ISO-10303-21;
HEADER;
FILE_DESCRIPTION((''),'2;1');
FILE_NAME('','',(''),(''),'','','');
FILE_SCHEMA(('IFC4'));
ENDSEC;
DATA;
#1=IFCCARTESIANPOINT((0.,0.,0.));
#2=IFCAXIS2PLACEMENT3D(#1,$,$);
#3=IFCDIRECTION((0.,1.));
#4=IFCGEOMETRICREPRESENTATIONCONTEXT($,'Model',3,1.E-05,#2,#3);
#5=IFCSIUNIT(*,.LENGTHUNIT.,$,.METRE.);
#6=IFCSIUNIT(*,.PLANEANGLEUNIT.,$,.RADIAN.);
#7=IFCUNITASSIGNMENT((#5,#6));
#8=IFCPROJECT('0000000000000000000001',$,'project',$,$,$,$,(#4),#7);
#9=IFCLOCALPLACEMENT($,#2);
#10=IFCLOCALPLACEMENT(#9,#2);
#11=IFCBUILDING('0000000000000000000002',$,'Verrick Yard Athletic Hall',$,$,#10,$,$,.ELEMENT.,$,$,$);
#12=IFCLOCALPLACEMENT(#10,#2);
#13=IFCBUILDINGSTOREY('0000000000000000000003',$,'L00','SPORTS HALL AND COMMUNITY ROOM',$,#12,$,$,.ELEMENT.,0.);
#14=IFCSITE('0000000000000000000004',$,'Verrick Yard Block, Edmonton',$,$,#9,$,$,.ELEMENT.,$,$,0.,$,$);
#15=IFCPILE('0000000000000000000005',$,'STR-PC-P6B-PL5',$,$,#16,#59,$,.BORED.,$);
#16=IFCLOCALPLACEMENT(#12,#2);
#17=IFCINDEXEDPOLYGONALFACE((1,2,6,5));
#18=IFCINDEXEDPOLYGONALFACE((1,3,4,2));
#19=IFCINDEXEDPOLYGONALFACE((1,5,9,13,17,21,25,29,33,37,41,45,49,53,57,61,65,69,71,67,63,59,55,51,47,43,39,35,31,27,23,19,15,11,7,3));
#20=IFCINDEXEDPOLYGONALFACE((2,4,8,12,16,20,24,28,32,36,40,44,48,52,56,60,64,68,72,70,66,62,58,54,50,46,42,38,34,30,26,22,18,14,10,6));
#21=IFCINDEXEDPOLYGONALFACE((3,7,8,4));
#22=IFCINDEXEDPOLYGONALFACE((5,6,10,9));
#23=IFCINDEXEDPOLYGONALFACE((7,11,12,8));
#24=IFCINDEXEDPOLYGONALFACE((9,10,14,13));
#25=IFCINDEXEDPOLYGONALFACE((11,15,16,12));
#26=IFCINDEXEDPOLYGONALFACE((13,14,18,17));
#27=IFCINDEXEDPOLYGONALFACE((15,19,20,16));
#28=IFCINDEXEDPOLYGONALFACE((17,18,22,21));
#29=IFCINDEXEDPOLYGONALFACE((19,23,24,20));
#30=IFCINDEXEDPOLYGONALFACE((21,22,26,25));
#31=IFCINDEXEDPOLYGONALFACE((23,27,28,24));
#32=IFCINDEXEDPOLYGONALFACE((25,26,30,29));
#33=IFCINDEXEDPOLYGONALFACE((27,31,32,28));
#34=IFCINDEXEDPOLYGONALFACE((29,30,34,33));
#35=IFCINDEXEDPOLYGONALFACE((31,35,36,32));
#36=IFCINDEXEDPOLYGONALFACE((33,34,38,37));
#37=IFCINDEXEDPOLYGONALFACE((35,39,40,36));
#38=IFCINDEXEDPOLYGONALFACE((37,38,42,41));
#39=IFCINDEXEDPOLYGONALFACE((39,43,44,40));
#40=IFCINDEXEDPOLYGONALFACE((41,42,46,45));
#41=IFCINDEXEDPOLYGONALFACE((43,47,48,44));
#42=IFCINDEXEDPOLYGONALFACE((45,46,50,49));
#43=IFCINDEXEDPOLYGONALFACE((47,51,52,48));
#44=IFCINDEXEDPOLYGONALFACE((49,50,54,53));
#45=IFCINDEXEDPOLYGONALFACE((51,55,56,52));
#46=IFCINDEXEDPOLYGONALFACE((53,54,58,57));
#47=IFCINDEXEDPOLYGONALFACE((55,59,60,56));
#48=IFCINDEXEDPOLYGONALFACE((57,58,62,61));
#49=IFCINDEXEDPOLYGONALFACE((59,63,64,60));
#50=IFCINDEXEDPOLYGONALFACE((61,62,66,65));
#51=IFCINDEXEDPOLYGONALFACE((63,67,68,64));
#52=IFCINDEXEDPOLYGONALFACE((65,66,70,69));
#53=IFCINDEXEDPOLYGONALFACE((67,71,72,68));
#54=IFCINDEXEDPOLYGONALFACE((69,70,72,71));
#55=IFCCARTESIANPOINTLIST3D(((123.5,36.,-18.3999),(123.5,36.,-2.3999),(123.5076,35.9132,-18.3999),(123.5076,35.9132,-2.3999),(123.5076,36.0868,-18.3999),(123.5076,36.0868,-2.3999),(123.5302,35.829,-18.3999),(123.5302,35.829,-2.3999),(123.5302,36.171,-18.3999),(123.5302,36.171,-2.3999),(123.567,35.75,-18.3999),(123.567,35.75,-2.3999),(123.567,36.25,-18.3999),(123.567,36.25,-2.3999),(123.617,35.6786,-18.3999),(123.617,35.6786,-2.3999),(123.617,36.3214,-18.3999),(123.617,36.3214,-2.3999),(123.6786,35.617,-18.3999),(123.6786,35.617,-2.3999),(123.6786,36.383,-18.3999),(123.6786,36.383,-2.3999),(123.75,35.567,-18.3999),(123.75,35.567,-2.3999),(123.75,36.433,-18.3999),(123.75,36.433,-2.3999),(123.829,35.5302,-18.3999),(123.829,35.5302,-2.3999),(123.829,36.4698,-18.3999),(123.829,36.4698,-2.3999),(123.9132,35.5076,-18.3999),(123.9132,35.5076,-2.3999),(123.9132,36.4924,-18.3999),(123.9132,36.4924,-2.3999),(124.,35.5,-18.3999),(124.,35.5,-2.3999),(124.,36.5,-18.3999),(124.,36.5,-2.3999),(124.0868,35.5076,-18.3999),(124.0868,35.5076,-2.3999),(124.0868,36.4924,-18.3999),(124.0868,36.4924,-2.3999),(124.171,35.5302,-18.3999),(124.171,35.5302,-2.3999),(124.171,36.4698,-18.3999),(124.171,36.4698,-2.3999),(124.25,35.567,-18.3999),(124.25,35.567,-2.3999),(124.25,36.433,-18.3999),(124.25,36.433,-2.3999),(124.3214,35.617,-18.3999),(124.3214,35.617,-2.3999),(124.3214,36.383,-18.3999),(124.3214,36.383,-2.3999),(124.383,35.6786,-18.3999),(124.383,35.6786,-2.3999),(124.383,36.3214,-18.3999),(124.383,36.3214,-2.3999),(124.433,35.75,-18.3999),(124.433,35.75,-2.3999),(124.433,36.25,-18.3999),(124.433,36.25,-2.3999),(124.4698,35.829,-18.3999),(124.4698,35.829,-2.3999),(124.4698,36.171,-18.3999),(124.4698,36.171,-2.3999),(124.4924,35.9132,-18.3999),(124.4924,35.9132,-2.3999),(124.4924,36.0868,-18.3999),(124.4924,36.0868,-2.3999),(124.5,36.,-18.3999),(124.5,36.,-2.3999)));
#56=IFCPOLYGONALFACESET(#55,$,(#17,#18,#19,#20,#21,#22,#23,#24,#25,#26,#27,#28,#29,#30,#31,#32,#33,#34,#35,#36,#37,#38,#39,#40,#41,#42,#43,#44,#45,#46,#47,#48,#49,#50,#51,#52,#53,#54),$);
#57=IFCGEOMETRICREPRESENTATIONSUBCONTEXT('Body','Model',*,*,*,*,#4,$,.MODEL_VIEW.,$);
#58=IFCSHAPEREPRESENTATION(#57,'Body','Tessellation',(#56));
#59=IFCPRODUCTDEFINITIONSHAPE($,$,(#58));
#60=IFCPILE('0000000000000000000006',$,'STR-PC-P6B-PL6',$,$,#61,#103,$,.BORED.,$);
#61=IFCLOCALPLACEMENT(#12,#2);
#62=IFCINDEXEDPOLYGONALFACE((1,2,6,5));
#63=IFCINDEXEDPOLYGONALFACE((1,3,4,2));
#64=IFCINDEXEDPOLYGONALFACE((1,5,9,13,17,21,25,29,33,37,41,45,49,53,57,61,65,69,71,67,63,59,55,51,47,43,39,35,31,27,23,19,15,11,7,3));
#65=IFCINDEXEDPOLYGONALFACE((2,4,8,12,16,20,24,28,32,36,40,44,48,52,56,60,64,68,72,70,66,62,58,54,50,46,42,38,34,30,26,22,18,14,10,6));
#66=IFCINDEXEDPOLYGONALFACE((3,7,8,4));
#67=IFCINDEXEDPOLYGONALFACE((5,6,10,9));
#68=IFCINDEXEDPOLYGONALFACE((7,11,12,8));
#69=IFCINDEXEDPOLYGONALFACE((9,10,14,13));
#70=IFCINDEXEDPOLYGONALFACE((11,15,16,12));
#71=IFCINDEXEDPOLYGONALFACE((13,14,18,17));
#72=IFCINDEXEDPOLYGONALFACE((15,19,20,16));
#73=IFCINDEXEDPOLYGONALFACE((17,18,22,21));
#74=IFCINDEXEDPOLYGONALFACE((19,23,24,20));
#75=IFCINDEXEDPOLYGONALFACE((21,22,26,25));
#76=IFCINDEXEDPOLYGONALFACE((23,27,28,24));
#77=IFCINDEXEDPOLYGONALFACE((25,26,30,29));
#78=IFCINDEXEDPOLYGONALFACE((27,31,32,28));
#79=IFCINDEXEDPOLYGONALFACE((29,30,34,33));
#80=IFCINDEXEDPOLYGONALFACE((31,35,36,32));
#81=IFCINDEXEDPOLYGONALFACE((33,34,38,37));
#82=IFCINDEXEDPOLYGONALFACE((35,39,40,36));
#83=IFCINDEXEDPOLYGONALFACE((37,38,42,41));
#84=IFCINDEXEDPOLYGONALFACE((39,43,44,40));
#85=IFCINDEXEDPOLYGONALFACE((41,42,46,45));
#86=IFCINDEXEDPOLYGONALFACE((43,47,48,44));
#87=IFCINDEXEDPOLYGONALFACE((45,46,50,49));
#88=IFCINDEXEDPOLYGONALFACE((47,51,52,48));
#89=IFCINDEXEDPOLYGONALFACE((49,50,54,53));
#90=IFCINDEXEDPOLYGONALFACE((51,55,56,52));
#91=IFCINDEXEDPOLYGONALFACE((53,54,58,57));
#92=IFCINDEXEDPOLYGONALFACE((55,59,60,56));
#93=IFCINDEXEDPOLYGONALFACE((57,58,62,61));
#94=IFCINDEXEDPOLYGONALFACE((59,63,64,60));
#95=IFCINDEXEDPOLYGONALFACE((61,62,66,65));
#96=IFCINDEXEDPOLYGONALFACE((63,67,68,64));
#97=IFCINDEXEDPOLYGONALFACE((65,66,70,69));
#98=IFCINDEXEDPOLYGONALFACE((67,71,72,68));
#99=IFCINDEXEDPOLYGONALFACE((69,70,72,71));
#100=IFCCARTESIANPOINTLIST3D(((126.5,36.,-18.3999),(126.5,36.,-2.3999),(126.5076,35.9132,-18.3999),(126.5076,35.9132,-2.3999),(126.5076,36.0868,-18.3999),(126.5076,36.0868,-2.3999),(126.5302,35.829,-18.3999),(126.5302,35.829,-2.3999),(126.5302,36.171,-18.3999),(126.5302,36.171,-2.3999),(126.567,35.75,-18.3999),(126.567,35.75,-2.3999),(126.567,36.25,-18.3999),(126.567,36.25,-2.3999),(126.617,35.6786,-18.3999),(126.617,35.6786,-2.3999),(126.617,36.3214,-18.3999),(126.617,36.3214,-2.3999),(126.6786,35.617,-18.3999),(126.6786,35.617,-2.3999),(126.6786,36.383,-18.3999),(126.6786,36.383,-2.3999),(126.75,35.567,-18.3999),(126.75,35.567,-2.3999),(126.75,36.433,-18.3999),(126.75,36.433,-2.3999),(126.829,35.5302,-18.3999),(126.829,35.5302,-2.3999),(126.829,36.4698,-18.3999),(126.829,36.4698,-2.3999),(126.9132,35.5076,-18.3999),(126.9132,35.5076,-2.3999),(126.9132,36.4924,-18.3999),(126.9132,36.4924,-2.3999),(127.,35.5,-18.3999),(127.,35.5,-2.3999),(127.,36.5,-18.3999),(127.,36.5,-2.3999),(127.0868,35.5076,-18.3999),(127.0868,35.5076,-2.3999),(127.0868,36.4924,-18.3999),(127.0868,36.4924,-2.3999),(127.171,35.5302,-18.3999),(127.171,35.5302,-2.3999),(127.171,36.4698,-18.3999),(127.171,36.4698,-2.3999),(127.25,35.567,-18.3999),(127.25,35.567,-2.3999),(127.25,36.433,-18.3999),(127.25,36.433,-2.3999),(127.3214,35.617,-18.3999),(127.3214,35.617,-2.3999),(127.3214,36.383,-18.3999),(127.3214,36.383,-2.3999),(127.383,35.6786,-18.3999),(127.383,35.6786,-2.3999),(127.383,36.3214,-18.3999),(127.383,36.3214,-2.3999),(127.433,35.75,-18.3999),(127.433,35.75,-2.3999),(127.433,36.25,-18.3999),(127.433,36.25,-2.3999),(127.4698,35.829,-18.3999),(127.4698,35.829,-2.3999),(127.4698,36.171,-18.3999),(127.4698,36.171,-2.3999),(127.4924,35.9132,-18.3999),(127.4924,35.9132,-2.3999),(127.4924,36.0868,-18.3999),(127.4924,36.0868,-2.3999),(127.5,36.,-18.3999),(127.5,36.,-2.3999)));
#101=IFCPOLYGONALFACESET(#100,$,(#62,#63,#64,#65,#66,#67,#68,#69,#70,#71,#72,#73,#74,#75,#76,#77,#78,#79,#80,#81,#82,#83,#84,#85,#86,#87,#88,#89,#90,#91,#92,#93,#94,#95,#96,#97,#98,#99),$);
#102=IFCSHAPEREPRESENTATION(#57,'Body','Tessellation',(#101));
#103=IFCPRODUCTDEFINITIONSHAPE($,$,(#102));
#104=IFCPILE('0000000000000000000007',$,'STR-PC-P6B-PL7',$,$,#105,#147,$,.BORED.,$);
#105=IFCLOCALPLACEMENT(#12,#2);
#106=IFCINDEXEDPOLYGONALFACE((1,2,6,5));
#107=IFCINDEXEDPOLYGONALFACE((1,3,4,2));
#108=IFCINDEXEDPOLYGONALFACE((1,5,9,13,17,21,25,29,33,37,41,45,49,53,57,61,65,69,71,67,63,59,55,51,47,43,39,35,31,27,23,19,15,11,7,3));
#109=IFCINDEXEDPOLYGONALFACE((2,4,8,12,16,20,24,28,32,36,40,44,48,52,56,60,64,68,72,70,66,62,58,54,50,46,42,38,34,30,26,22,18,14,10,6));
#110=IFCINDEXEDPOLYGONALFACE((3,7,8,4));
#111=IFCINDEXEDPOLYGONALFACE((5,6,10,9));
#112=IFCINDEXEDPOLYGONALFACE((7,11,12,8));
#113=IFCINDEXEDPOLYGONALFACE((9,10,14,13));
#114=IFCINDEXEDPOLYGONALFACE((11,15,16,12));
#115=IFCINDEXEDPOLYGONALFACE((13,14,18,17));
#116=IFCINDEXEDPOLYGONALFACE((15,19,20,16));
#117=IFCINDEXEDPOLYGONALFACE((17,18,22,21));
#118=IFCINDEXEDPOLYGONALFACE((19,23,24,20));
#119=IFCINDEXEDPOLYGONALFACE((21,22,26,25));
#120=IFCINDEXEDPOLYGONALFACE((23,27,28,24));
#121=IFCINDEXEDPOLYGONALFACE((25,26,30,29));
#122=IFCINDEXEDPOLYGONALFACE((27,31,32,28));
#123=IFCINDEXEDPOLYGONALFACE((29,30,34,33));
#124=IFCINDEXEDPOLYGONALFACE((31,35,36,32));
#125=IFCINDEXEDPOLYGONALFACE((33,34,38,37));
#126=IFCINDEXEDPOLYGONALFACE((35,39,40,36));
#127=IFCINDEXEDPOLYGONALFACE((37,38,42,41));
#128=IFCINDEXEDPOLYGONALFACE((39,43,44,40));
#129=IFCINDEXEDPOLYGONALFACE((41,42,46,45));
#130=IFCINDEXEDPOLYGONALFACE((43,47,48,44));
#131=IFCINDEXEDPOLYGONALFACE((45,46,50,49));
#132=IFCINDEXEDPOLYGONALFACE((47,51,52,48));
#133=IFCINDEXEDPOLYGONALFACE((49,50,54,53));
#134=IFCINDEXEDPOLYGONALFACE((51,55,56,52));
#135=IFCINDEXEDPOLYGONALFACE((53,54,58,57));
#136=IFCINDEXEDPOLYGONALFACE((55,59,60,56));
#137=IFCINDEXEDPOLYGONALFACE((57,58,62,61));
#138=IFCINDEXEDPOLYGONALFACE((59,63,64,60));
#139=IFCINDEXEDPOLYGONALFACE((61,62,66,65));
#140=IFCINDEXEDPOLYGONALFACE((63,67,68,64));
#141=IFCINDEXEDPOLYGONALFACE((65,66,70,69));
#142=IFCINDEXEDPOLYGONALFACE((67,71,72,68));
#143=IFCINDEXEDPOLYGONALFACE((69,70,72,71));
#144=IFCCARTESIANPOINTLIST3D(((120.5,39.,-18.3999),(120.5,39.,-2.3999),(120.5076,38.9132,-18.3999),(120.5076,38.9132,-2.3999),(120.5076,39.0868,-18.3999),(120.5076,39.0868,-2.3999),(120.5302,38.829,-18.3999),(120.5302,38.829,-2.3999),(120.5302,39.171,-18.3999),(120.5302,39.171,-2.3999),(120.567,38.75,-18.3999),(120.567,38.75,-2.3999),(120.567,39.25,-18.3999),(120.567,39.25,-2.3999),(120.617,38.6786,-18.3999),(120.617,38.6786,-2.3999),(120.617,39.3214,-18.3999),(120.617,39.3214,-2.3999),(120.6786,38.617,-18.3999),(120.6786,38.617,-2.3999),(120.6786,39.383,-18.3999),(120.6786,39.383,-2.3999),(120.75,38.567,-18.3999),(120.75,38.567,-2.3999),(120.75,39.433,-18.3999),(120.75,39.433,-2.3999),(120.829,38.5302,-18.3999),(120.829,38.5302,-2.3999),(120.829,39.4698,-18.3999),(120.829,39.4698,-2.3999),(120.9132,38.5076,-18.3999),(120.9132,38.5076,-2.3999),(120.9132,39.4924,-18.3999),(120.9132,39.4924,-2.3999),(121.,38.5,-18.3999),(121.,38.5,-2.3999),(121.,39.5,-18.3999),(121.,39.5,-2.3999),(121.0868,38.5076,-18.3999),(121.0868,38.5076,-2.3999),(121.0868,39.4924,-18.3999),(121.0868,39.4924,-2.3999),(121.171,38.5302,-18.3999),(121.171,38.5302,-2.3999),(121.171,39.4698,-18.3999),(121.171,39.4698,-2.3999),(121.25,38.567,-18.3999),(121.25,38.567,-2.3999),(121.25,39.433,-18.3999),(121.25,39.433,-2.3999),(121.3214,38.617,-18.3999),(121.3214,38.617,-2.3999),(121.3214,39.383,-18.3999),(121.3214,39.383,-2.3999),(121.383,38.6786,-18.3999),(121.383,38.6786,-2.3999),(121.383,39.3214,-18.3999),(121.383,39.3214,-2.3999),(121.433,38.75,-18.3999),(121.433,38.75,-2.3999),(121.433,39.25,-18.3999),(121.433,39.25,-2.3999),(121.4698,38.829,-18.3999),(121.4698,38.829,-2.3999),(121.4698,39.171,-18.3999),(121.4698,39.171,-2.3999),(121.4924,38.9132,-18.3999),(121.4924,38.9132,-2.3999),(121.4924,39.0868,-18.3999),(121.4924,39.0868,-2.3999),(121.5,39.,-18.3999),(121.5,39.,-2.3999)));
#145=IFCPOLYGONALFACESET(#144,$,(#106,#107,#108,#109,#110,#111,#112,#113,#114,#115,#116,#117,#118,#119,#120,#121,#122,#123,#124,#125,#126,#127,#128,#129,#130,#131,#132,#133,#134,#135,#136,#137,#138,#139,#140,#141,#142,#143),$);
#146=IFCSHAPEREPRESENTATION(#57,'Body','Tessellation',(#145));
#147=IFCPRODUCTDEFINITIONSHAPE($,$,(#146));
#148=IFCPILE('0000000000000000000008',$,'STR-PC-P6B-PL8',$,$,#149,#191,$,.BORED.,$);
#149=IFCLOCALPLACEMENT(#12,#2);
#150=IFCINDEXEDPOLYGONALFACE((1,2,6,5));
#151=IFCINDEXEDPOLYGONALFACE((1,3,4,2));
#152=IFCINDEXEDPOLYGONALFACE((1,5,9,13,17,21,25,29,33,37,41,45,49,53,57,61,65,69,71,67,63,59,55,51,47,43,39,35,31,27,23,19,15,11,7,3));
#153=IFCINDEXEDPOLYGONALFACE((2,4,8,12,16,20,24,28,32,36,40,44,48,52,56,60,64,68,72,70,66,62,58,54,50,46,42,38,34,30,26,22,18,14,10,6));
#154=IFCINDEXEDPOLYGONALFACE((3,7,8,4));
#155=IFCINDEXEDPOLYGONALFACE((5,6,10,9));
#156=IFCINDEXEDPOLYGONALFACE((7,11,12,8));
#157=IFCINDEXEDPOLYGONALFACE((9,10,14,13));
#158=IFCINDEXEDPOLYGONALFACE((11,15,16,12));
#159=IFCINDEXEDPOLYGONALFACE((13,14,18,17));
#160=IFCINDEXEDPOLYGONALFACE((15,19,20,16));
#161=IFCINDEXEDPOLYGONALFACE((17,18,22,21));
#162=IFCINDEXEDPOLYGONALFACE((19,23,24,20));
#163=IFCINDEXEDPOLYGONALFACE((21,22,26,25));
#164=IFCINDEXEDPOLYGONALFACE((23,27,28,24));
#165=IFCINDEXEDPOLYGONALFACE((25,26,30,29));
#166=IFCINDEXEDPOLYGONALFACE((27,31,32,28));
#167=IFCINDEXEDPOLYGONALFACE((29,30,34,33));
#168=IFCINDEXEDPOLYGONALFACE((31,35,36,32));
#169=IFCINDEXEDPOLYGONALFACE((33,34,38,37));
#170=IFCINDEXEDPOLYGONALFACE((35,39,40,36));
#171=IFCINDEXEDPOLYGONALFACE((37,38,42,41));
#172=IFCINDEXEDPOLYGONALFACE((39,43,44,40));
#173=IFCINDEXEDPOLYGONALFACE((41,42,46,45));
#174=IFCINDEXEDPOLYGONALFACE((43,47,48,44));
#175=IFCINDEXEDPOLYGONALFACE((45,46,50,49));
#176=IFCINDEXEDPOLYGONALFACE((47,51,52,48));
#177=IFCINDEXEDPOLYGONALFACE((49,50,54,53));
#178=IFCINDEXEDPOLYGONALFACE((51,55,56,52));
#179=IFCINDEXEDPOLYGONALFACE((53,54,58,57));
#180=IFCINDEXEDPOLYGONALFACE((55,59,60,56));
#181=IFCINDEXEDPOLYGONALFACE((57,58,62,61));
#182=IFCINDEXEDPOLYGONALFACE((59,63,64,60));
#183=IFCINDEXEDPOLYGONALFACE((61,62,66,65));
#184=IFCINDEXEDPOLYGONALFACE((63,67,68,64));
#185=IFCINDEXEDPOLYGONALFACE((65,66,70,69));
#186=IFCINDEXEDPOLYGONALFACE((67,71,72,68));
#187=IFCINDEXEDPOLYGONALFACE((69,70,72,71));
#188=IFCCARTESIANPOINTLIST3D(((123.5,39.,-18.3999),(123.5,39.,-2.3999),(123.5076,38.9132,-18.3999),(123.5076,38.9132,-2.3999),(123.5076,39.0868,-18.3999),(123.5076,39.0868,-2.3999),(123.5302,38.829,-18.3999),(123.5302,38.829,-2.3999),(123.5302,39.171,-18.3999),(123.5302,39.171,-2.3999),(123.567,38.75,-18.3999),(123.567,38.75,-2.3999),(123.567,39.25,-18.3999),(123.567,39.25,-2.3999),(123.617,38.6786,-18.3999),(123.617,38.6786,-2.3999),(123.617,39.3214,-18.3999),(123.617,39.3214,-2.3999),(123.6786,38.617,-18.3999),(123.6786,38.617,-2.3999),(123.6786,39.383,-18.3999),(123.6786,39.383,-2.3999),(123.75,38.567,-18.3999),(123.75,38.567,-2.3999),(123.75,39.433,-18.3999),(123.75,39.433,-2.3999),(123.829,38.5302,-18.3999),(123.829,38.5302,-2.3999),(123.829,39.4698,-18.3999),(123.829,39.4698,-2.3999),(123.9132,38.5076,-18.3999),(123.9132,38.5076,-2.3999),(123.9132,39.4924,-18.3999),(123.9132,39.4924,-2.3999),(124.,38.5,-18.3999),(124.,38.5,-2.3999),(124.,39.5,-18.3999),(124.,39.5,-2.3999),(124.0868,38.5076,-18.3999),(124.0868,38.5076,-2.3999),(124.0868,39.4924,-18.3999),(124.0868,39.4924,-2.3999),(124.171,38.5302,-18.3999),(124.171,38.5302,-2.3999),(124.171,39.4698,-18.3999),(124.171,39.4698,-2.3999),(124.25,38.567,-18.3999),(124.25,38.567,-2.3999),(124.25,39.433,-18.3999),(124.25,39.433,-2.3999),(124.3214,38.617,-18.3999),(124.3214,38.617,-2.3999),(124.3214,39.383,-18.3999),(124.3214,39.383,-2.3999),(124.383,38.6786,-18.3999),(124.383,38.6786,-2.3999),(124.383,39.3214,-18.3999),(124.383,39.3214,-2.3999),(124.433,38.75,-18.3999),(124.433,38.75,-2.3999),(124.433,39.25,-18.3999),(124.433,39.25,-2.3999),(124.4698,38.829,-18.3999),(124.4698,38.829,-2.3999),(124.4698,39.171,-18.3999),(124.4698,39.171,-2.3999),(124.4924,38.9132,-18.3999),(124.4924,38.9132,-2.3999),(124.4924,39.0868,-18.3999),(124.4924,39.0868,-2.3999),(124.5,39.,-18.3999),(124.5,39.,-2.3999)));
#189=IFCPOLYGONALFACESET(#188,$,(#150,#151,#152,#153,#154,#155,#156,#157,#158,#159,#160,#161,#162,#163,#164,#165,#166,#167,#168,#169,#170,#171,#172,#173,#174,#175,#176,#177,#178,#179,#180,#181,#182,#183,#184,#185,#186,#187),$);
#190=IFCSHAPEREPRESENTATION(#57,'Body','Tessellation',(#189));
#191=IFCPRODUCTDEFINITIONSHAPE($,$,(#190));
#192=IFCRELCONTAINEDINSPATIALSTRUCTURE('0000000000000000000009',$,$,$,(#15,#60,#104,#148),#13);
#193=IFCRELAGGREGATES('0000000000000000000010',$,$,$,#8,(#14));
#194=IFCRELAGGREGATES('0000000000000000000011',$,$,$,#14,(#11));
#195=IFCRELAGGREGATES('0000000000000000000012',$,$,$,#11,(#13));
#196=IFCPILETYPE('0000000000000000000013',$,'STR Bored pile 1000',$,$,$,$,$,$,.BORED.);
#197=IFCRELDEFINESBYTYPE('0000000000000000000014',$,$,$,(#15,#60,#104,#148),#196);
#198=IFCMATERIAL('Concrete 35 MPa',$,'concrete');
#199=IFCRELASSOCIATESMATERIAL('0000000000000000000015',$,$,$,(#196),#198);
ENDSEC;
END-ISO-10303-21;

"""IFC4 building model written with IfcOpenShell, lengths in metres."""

from ifc_helpers import new_model, si_unit, direction, frame, origin, origin_2d, place, context, subcontext, project, spatial, circle, extrude, material, type_object, element, save


model = new_model("IFC4")

# Units and contexts
model_context = context("Model", 3, precision=1e-05, world=origin(), true_north=direction((0.0, 1.0)))
body_context = subcontext(model_context, "Body", "Model", "MODEL_VIEW")
ifc_project = project(units=[si_unit("LENGTHUNIT", "METRE"), si_unit("PLANEANGLEUNIT", "RADIAN")], contexts=[model_context])

# Site, building, storey
site_placement = place(None, origin())
site = spatial("IfcSite", under=ifc_project, at=site_placement, Name="Verrick Yard Block, Edmonton", CompositionType="ELEMENT", RefElevation=0.0)
building_placement = place(site_placement, origin())
building = spatial("IfcBuilding", under=site, at=building_placement, Name="Verrick Yard Athletic Hall", CompositionType="ELEMENT")
storey_placement = place(building_placement, origin())
storey = spatial("IfcBuildingStorey", under=building, at=storey_placement, Name="L00", Description="SPORTS HALL AND COMMUNITY ROOM", CompositionType="ELEMENT", Elevation=0.0)

# Piles
ifc_material_1 = material(Name="Concrete 35 MPa", Category="concrete")
pile_type = type_object("IfcPileType", Name="STR Bored pile 1000", PredefinedType="BORED", material=ifc_material_1)
for number, where, z_axis, x_axis, name in (
    (1, (124.0, 36.0, -2.3999), (0.0, 0.0, -1.0), (1.0, 0.0, 0.0), "STR-PC-P6B-PL5"),
    (2, (127.0, 36.0, -2.3999), (0.0, 0.0, -1.0), (1.0, 0.0, 0.0), "STR-PC-P6B-PL6"),
    (3, (121.0, 39.0, -2.3999), (0.0, 0.0, -1.0), (1.0, 0.0, 0.0), "STR-PC-P6B-PL7"),
    (4, (124.0, 39.0, -2.3999), (0.0, 0.0, -1.0), (1.0, 0.0, 0.0), "STR-PC-P6B-PL8"),
):
    element("IfcPile", number, at=place(storey_placement, frame(where, z_axis=z_axis, x_axis=x_axis)), inside=storey, type_object=pile_type, Name=name, PredefinedType="BORED", context=body_context, shape_type="SweptSolid", body=[
        extrude(circle(Radius=0.5, at=origin_2d()), origin(), (0.0, 0.0, 1.0), 16.0),
    ])

save(model, "model.ifc")
